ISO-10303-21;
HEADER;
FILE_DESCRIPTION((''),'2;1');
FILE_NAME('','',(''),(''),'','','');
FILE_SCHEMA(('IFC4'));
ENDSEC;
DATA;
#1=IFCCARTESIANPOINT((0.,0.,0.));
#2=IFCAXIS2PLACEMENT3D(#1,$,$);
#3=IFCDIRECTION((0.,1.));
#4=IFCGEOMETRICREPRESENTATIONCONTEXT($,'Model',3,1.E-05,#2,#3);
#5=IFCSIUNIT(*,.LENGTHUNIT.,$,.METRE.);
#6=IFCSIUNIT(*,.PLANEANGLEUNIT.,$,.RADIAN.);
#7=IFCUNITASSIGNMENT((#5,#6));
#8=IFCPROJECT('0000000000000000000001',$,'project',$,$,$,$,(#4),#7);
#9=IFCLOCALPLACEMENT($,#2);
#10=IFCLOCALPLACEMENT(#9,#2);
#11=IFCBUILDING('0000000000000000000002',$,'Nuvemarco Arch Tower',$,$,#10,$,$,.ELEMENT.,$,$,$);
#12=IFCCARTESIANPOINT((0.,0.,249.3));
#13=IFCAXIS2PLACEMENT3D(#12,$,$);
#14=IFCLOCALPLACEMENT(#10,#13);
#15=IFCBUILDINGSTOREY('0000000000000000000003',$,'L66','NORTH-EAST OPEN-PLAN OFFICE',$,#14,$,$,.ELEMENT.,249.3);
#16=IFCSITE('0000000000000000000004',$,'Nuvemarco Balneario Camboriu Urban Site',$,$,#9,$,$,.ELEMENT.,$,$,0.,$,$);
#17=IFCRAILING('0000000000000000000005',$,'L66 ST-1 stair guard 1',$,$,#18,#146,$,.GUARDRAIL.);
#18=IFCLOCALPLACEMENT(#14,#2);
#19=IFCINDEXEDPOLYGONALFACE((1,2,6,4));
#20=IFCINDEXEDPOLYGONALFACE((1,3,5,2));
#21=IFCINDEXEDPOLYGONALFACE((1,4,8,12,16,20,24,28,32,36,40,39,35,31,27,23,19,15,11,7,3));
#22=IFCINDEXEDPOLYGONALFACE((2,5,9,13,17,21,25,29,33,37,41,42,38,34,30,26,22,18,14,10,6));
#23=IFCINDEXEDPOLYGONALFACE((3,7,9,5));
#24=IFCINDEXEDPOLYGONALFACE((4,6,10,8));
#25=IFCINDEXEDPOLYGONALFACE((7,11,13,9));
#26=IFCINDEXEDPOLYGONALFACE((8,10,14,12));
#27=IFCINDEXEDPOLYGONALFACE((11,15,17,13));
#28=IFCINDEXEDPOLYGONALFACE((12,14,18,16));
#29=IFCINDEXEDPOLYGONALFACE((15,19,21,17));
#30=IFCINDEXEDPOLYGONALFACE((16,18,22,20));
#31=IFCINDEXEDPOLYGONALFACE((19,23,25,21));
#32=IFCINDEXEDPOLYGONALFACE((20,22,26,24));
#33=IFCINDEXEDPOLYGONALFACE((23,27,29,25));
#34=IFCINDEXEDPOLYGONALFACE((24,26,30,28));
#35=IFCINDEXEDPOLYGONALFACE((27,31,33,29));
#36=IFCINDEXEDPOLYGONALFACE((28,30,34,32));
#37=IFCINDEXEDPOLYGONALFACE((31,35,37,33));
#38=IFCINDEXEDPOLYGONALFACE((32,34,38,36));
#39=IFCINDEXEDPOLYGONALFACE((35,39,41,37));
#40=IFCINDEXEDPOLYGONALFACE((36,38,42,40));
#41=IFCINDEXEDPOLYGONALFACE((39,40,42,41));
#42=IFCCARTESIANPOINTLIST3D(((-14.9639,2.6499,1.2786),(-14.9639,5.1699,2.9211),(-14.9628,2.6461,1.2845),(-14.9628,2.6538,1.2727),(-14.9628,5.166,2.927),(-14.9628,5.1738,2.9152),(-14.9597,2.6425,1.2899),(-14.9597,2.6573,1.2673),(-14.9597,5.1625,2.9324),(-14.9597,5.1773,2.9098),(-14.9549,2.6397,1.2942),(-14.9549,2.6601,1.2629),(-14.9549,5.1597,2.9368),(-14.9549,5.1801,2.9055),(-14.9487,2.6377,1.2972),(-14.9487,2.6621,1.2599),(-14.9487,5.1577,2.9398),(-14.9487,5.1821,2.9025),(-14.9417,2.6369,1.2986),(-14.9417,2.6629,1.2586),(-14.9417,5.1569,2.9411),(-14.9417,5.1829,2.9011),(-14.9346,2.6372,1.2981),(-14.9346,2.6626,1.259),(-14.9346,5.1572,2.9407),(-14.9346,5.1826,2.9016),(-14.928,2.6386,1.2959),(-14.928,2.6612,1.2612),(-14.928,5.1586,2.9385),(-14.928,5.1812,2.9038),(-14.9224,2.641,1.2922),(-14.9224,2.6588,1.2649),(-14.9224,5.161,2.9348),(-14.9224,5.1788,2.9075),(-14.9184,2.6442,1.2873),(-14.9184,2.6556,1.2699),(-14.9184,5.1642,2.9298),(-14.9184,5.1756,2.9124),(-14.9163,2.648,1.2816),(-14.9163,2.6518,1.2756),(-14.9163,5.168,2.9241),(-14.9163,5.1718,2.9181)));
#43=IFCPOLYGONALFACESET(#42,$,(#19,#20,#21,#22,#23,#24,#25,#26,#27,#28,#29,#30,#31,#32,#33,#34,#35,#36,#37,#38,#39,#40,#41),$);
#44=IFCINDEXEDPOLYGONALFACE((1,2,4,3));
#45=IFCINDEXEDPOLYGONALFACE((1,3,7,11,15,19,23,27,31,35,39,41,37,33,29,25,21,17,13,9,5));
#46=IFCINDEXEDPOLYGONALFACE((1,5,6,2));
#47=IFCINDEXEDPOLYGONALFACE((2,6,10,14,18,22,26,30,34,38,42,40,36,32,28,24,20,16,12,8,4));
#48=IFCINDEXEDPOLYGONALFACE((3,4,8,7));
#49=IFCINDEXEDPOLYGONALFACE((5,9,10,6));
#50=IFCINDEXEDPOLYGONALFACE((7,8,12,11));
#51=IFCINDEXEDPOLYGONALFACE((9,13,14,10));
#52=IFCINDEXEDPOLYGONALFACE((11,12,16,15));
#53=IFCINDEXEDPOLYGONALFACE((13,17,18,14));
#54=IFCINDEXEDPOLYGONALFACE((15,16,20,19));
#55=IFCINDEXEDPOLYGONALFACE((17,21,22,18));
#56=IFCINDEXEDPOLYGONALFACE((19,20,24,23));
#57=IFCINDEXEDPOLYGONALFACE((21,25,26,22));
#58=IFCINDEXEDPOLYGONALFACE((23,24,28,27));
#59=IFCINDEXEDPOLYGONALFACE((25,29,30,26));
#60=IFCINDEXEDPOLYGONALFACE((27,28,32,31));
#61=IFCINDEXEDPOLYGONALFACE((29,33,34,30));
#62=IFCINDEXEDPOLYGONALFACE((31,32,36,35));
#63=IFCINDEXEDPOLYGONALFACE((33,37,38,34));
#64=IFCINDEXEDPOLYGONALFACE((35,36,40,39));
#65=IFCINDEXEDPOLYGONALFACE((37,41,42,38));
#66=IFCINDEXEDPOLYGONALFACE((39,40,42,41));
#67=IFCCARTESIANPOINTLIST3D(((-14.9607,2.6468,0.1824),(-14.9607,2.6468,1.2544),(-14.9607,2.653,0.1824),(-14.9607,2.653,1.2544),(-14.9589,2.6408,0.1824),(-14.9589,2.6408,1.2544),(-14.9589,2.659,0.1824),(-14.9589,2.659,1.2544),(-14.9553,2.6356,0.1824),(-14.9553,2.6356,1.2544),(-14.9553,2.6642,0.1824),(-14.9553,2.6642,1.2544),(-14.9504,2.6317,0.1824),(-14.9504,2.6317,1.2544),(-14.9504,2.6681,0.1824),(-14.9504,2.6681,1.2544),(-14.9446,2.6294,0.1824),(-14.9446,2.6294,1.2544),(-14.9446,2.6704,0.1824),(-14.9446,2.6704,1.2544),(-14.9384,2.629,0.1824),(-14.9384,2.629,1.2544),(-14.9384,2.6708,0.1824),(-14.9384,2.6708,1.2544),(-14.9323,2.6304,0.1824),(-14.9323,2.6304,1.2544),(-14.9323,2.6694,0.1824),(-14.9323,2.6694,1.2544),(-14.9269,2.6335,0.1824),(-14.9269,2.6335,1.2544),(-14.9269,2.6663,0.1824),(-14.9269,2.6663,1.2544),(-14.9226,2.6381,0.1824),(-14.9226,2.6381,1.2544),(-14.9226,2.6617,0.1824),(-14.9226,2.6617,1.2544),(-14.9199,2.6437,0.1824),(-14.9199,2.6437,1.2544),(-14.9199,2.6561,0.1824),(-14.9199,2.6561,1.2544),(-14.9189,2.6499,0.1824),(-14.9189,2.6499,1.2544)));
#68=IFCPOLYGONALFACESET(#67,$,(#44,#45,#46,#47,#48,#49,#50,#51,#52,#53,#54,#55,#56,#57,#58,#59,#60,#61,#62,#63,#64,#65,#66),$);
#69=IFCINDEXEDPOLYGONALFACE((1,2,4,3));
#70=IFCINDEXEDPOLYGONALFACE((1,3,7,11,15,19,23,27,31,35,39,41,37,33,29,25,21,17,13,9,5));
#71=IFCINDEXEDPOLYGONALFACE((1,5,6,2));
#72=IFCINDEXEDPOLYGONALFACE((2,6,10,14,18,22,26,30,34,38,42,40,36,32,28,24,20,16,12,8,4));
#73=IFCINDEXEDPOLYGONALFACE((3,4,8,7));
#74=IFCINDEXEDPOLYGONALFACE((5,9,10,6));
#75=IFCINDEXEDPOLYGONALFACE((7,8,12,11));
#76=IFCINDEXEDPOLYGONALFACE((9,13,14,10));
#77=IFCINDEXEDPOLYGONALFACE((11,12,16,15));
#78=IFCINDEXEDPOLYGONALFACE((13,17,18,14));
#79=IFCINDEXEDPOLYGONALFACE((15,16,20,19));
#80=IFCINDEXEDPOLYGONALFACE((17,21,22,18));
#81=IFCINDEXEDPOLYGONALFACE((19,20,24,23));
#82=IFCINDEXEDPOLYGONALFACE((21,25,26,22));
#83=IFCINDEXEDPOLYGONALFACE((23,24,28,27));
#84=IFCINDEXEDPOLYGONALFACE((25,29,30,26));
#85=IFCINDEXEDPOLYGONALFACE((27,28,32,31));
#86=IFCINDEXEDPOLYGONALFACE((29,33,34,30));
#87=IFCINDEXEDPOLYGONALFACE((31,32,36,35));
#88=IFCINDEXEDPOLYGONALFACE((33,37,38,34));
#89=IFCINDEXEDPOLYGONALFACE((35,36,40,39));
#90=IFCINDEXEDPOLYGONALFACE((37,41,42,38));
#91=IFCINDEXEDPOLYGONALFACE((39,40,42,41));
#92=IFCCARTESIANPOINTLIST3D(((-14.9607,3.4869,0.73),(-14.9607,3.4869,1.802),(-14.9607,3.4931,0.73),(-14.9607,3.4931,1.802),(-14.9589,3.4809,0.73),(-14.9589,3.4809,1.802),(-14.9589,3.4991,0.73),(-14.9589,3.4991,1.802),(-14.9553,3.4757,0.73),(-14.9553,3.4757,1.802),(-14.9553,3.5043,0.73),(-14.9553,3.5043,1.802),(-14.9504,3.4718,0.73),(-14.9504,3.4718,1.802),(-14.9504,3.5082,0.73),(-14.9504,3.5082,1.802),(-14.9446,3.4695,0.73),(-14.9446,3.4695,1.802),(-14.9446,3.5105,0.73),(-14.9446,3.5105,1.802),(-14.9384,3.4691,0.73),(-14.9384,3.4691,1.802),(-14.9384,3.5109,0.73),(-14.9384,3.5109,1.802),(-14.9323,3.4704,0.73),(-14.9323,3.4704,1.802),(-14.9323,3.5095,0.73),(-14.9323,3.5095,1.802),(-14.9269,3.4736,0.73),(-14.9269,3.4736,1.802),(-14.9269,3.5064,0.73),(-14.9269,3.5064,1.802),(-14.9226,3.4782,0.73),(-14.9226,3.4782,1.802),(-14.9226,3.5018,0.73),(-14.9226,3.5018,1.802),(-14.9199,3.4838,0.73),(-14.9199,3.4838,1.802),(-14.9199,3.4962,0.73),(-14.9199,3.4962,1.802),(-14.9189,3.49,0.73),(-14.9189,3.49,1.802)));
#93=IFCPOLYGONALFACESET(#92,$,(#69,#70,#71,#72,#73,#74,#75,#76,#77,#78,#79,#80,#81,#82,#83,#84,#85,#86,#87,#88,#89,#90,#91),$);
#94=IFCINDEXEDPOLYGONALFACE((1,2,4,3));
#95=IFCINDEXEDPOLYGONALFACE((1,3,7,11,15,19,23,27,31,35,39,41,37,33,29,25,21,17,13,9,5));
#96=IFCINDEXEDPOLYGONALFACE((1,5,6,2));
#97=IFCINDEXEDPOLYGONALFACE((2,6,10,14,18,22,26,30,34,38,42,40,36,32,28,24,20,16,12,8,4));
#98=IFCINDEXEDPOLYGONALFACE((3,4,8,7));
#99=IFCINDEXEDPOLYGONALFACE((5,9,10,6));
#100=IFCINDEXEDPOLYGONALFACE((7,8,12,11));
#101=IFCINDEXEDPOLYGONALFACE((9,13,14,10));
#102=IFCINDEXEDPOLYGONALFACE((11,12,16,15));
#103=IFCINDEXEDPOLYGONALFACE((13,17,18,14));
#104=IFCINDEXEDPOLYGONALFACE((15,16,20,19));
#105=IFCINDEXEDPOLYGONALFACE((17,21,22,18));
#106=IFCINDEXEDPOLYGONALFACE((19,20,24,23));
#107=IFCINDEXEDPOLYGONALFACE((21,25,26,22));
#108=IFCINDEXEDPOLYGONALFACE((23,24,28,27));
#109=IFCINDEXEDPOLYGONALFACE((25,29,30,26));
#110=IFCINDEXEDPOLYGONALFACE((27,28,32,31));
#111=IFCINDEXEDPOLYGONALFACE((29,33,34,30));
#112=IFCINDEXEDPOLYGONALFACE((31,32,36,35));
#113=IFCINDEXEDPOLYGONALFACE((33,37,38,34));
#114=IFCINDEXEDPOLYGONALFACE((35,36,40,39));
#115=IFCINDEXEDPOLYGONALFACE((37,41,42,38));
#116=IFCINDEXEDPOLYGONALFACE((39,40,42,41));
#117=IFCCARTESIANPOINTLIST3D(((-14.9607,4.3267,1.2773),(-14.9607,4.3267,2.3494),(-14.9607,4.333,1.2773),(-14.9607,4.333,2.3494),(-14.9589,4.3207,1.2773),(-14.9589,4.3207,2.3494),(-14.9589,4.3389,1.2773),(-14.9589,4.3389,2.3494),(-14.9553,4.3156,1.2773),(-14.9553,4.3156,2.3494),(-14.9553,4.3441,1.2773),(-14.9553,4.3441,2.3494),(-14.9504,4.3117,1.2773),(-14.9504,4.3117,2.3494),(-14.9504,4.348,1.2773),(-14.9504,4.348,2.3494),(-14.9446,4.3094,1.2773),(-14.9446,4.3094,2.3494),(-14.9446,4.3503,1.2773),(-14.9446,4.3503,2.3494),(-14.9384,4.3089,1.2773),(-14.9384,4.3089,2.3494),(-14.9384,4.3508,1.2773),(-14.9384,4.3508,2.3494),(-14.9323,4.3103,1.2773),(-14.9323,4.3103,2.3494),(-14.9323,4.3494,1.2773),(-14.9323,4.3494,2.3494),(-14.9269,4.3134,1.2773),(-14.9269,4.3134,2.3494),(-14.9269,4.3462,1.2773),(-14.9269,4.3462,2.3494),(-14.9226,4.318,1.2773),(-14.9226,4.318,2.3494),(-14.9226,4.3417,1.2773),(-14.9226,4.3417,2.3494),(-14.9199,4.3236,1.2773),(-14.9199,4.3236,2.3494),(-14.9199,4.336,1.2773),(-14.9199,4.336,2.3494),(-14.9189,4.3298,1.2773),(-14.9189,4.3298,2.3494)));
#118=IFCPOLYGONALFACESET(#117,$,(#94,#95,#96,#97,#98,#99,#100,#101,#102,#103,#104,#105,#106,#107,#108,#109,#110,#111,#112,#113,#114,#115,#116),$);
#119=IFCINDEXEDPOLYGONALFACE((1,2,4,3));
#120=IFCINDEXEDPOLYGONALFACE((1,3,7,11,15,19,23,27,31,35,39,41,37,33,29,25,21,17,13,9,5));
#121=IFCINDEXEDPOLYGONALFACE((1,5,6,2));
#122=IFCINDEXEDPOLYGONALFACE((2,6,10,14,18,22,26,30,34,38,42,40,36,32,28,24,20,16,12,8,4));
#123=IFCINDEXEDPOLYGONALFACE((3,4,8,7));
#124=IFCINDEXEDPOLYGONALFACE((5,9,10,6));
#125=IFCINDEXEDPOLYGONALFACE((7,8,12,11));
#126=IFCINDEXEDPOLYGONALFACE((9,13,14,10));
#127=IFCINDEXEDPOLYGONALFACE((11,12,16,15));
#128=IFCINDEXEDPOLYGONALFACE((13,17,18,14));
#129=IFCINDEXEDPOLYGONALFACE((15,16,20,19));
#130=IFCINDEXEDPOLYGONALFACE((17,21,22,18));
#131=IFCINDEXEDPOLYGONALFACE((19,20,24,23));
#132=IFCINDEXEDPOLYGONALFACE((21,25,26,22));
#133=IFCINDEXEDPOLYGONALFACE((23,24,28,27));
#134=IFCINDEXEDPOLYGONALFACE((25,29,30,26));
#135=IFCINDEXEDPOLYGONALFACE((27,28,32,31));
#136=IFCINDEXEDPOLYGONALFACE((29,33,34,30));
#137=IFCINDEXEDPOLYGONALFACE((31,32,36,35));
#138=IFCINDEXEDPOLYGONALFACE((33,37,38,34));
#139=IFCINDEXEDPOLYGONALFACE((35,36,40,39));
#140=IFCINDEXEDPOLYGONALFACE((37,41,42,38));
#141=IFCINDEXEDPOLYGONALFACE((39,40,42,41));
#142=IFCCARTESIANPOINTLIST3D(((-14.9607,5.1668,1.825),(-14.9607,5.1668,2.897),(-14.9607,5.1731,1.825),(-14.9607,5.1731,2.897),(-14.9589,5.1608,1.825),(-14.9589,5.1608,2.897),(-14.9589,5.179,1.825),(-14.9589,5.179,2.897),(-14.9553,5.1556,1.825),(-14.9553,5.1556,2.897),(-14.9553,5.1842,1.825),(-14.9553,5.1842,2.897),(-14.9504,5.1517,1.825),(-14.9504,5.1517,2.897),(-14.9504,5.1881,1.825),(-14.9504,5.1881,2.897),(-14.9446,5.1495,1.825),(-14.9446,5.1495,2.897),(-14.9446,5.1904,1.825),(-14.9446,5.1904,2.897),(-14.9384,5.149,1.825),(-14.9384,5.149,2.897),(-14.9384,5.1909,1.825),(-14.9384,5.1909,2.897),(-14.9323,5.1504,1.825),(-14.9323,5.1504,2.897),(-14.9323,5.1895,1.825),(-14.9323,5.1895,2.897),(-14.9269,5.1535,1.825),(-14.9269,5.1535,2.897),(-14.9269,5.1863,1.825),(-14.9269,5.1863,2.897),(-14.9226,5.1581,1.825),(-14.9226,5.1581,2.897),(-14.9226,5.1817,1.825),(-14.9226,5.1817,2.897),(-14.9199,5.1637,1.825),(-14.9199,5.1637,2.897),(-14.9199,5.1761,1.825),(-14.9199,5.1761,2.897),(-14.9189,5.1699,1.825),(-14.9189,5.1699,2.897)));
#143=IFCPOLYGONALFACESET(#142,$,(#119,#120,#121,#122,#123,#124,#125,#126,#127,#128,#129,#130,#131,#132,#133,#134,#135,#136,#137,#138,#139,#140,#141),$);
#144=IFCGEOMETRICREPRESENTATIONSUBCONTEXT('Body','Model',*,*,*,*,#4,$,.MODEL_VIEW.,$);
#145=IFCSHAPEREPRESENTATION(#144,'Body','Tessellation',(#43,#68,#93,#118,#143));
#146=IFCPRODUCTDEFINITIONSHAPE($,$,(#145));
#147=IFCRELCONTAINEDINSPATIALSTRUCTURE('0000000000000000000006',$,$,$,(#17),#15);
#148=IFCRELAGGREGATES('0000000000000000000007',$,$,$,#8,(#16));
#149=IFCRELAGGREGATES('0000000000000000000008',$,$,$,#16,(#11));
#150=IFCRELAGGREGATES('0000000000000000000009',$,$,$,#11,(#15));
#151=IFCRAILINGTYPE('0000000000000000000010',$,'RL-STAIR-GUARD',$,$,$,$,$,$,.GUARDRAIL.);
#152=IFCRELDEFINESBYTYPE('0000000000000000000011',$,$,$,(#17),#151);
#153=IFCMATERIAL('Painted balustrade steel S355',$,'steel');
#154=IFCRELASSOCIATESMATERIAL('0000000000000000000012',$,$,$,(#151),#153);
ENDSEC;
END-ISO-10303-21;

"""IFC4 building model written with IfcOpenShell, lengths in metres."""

from ifc_helpers import new_model, si_unit, direction, frame, origin, origin_2d, place, context, subcontext, project, spatial, circle, extrude, material, type_object, element, save


model = new_model("IFC4")

# Units and contexts
model_context = context("Model", 3, precision=1e-05, world=origin(), true_north=direction((0.0, 1.0)))
body_context = subcontext(model_context, "Body", "Model", "MODEL_VIEW")
ifc_project = project(units=[si_unit("LENGTHUNIT", "METRE"), si_unit("PLANEANGLEUNIT", "RADIAN")], contexts=[model_context])

# Site, building, storey
site_placement = place(None, origin())
site = spatial("IfcSite", under=ifc_project, at=site_placement, Name="Nuvemarco Balneario Camboriu Urban Site", CompositionType="ELEMENT", RefElevation=0.0)
building_placement = place(site_placement, origin())
building = spatial("IfcBuilding", under=site, at=building_placement, Name="Nuvemarco Arch Tower", CompositionType="ELEMENT")
storey_placement = place(building_placement, frame((0.0, 0.0, 249.3)))
storey = spatial("IfcBuildingStorey", under=building, at=storey_placement, Name="L66", Description="NORTH-EAST OPEN-PLAN OFFICE", CompositionType="ELEMENT", Elevation=249.3)

# Railing
ifc_material_1 = material(Name="Painted balustrade steel S355", Category="steel")
railing_type_1 = type_object("IfcRailingType", Name="RL-STAIR-GUARD", PredefinedType="GUARDRAIL", material=ifc_material_1)
railing_1_placement = place(storey_placement, frame((-14.9399, 2.6499, 0.1824)))
element("IfcRailing", 1, at=railing_1_placement, inside=storey, type_object=railing_type_1, Name="L66 ST-1 stair guard 1", PredefinedType="GUARDRAIL", context=body_context, shape_type="SweptSolid", body=[
    extrude(circle(Radius=0.0239, at=origin_2d()), frame((0.0, 0.0, 1.0962), z_axis=(0.0, 0.837749, 0.546055), x_axis=(-1.0, 0.0, 0.0)), (0.0, 0.0, 1.0), 3.0081),
    extrude(circle(Radius=0.021, at=origin_2d()), origin(), (0.0, 0.0, 1.0), 1.072),
    extrude(circle(Radius=0.021, at=origin_2d()), frame((0.0, 0.8401, 0.5476)), (0.0, 0.0, 1.0), 1.072),
    extrude(circle(Radius=0.021, at=origin_2d()), frame((0.0, 1.6799, 1.095)), (0.0, 0.0, 1.0), 1.072),
    extrude(circle(Radius=0.021, at=origin_2d()), frame((0.0, 2.52, 1.6426)), (0.0, 0.0, 1.0), 1.072),
])

save(model, "model.ifc")
